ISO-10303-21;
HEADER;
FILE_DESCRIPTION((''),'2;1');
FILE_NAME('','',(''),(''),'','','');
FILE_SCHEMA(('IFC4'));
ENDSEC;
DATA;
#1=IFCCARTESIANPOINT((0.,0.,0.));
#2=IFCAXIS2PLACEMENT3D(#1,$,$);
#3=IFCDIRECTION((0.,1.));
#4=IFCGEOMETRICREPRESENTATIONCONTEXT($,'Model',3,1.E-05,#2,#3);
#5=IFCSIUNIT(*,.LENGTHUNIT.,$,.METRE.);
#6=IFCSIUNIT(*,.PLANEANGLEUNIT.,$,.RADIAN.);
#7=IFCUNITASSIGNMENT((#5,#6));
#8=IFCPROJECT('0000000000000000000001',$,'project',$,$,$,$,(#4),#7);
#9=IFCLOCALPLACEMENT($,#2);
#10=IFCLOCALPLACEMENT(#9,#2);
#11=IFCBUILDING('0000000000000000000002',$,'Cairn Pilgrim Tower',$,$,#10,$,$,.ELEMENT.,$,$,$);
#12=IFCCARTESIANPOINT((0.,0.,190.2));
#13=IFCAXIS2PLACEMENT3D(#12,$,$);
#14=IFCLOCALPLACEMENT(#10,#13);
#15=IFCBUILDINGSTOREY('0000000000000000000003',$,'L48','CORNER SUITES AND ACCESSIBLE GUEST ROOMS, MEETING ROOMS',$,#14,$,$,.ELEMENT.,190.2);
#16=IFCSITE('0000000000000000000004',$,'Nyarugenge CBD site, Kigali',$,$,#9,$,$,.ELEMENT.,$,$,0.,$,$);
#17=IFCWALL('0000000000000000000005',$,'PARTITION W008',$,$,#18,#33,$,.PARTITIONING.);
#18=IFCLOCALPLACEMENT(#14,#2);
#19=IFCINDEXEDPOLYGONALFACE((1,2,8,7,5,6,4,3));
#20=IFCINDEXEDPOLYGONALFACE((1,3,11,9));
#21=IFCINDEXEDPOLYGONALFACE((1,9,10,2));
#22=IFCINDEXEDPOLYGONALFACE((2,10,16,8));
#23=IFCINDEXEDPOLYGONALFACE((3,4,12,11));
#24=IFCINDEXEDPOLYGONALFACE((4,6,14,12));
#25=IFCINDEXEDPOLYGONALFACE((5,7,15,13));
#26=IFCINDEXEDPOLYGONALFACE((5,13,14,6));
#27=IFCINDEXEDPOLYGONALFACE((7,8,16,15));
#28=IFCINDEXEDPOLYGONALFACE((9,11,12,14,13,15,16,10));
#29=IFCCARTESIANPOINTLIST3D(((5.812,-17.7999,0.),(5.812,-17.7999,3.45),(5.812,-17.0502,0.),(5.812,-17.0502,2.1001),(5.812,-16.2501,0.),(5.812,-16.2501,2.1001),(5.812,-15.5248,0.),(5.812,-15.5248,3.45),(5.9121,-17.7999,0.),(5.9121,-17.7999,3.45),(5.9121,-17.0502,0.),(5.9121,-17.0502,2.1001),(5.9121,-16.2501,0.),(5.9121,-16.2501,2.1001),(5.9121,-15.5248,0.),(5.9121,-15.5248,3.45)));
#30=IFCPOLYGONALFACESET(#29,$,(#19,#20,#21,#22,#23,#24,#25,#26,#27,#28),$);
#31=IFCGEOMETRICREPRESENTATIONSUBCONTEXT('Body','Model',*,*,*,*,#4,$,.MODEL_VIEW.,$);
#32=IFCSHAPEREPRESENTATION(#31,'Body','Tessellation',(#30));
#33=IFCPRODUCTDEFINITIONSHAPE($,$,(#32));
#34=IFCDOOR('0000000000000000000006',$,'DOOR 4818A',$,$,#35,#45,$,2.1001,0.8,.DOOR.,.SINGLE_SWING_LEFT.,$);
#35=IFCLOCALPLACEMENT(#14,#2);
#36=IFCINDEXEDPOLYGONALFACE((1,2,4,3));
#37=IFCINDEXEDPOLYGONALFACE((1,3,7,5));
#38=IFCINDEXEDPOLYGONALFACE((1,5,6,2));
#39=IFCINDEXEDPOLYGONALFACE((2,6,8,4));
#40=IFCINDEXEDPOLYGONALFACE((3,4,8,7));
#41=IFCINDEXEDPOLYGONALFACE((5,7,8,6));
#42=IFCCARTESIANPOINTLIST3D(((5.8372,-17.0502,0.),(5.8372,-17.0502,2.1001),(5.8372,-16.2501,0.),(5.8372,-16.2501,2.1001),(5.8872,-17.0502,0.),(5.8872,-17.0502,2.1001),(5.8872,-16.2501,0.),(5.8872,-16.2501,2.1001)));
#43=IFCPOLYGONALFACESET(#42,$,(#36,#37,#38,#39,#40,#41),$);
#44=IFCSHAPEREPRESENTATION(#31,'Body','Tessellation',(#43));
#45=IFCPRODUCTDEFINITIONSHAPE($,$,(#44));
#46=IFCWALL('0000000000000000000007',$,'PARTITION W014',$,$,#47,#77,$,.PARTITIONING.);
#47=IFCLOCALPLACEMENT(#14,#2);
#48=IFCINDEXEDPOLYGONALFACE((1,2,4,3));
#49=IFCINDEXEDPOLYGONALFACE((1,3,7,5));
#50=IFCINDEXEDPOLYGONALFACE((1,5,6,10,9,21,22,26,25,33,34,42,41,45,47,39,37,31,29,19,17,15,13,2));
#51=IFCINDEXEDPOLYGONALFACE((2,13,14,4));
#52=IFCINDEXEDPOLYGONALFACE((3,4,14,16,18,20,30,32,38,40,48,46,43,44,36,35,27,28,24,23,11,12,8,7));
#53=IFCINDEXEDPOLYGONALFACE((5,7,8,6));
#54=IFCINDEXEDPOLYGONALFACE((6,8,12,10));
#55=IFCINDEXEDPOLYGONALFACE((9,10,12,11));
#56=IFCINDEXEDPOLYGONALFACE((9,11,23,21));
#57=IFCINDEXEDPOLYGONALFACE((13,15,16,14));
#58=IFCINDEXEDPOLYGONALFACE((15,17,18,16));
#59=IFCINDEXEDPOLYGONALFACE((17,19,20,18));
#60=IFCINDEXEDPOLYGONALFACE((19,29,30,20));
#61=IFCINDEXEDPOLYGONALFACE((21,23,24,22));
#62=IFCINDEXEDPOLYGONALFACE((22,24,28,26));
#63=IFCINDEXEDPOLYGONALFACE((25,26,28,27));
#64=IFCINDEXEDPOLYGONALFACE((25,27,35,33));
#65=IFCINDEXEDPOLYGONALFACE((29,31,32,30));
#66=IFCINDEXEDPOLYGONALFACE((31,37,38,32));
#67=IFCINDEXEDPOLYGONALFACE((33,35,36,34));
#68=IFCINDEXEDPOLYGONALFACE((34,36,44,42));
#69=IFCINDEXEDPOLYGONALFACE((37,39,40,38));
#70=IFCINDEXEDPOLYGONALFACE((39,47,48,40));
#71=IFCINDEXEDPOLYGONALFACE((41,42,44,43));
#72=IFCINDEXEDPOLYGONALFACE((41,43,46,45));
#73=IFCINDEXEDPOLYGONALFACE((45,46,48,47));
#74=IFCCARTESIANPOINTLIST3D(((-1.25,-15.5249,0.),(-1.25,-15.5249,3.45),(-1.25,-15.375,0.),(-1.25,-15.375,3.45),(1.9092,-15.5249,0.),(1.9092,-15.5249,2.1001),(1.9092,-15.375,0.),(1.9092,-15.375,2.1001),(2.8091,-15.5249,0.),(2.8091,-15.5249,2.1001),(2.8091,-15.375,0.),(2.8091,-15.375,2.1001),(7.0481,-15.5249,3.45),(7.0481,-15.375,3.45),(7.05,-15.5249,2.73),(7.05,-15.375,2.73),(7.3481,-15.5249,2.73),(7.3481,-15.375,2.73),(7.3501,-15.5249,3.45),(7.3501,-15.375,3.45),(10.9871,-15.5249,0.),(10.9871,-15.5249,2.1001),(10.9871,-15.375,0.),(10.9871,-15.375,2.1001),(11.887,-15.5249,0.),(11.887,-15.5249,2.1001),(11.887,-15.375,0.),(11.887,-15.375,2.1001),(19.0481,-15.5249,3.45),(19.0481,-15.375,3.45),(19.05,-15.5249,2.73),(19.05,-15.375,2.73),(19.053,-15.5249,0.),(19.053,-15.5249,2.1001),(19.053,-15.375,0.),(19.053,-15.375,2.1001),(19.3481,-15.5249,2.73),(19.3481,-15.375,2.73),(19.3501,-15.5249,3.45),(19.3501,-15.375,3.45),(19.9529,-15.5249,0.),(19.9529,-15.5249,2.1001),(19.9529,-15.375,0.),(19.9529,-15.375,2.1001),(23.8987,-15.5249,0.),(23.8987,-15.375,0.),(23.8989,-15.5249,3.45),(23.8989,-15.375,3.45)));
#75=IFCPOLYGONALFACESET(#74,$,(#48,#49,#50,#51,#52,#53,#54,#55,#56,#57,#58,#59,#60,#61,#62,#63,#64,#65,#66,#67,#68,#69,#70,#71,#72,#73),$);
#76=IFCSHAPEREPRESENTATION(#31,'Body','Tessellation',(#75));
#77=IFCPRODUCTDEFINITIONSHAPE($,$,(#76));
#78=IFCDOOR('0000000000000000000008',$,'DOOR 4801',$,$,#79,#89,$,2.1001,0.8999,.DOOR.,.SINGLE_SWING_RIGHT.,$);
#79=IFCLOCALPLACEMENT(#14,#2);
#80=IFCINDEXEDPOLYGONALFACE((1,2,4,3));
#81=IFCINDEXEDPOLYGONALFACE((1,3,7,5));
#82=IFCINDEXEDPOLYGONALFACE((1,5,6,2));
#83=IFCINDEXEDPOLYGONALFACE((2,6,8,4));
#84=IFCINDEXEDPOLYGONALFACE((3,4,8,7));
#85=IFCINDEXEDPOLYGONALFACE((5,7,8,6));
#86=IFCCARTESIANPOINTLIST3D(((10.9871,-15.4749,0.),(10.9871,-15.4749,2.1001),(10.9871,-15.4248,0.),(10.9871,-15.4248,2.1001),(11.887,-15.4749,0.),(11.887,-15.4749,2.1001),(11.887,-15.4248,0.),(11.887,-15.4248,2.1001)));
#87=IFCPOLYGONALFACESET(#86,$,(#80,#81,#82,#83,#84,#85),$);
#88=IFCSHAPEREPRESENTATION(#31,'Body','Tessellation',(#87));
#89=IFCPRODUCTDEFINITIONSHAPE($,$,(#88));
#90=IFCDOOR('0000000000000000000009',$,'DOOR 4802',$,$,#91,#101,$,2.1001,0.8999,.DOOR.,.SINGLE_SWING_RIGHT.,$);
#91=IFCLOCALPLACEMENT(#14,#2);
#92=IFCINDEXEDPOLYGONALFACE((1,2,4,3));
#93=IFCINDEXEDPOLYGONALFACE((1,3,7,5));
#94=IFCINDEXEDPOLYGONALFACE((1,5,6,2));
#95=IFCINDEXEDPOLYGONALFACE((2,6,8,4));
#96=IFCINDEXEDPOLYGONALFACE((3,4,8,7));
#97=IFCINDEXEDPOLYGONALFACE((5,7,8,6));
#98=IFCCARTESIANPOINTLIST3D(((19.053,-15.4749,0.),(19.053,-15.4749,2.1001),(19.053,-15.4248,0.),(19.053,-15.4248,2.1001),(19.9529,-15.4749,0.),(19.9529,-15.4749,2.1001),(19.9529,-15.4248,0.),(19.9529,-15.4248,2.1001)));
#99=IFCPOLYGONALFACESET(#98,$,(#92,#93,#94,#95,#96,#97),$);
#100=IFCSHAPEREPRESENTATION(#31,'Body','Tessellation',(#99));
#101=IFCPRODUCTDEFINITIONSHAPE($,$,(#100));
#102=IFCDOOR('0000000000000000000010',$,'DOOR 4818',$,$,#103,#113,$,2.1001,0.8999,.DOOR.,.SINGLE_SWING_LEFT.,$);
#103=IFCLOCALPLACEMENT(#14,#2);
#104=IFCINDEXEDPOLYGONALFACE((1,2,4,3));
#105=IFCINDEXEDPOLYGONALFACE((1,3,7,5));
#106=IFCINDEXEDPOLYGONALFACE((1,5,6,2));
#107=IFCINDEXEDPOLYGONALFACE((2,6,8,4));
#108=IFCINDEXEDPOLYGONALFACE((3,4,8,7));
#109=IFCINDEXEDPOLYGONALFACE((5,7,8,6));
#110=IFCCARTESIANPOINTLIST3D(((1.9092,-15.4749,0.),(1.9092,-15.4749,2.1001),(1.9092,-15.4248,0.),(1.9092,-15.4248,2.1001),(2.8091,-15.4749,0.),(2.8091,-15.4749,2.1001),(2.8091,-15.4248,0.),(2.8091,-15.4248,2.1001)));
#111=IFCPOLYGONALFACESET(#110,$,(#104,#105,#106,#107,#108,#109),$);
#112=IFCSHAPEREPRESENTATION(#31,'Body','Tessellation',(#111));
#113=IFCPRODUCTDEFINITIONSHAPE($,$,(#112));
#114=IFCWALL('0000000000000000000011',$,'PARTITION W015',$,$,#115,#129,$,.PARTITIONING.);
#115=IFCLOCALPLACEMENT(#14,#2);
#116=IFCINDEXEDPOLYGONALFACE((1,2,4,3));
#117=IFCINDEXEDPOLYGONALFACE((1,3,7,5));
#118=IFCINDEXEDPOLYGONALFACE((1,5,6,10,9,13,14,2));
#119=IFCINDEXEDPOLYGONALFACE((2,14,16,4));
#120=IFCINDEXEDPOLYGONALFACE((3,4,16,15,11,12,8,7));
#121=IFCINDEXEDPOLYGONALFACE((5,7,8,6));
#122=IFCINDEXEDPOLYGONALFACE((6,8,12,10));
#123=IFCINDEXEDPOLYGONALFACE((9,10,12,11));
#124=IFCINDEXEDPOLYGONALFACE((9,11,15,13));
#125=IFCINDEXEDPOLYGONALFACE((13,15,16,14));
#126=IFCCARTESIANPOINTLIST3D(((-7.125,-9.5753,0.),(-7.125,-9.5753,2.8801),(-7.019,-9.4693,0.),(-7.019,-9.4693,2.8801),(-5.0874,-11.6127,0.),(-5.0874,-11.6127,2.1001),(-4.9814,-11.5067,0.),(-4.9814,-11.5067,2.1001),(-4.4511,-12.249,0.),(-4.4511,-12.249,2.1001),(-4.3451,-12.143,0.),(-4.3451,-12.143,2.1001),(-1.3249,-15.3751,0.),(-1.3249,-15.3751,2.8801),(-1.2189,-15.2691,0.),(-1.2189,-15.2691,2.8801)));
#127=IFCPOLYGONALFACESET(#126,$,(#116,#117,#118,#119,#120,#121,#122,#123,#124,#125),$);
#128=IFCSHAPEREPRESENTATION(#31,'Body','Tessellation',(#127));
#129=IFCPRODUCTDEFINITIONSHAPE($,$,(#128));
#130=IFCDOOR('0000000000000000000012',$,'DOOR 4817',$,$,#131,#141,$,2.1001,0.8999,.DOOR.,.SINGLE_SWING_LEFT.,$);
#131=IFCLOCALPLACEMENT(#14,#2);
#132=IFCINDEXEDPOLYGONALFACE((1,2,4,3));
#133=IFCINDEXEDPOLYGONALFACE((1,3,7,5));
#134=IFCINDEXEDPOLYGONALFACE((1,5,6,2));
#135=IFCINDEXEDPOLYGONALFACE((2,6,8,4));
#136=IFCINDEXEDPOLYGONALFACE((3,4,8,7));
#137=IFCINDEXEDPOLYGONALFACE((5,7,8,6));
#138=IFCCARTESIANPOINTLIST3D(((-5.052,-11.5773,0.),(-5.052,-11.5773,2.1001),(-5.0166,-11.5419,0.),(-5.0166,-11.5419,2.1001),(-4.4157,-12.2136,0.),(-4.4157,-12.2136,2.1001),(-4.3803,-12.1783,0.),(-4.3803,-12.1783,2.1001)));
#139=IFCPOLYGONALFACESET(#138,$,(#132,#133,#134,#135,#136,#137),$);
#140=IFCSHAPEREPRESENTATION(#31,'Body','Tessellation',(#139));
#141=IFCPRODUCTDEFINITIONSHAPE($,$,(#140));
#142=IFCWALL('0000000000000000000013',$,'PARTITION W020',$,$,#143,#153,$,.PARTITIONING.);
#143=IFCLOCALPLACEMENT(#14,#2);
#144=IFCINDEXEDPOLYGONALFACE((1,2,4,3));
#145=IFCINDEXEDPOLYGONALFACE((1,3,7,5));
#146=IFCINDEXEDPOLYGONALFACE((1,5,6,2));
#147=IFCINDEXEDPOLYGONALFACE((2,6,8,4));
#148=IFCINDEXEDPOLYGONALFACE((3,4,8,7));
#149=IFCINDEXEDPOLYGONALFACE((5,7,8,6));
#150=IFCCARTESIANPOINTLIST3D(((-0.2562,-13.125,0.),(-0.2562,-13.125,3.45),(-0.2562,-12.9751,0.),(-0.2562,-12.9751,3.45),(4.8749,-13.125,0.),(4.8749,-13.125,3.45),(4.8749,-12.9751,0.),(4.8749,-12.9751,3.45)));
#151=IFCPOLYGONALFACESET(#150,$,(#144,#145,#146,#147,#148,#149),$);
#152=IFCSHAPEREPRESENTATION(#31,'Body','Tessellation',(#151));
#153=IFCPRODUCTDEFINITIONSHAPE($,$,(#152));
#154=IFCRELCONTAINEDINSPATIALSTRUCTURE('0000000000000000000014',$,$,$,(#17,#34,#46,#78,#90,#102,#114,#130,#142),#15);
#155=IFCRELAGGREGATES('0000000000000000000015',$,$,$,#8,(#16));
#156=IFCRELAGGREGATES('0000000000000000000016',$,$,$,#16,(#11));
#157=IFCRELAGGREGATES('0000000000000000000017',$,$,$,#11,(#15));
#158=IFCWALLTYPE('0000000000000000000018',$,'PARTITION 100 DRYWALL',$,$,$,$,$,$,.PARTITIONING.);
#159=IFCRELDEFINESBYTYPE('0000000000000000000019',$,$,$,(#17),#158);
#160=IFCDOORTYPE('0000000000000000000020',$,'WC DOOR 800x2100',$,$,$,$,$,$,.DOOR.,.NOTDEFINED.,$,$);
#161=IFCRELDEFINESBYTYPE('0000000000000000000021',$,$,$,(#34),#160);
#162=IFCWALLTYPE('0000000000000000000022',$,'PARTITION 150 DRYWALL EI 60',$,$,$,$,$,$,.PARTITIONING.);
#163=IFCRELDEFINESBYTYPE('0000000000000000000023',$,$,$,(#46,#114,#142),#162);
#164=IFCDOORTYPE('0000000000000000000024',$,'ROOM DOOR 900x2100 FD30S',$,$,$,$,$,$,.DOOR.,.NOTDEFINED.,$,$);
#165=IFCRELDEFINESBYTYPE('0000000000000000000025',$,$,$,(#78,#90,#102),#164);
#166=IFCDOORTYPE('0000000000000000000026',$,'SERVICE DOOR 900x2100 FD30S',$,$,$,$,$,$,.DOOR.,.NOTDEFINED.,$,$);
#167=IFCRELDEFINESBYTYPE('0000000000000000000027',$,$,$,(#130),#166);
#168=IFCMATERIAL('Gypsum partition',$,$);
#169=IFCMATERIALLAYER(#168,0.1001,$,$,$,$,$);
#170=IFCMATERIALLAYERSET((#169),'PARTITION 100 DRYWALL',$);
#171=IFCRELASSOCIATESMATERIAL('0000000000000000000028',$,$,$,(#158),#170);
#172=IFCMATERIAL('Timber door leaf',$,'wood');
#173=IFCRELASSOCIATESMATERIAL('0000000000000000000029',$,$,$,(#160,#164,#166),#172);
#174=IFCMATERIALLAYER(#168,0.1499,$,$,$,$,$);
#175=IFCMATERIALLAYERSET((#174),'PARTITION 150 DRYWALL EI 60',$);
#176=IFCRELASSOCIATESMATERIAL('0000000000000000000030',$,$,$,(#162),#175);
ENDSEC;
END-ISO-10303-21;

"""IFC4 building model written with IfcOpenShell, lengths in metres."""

from ifc_helpers import new_model, si_unit, direction, frame, frame_2d, origin, place, context, subcontext, project, spatial, polyline, rectangle, outline, extrude, material, layer, layer_set, type_object, element, fill, save


model = new_model("IFC4")

# Units and contexts
model_context = context("Model", 3, precision=1e-05, world=origin(), true_north=direction((0.0, 1.0)))
body_context = subcontext(model_context, "Body", "Model", "MODEL_VIEW")
ifc_project = project(units=[si_unit("LENGTHUNIT", "METRE"), si_unit("PLANEANGLEUNIT", "RADIAN")], contexts=[model_context])

# Site, building, storey
site_placement = place(None, origin())
site = spatial("IfcSite", under=ifc_project, at=site_placement, Name="Nyarugenge CBD site, Kigali", CompositionType="ELEMENT", RefElevation=0.0)
building_placement = place(site_placement, origin())
building = spatial("IfcBuilding", under=site, at=building_placement, Name="Cairn Pilgrim Tower", CompositionType="ELEMENT")
storey_placement = place(building_placement, frame((0.0, 0.0, 190.2)))
storey = spatial("IfcBuildingStorey", under=building, at=storey_placement, Name="L48", Description="CORNER SUITES AND ACCESSIBLE GUEST ROOMS, MEETING ROOMS", CompositionType="ELEMENT", Elevation=190.2)

# Shared definitions
ifc_material_1 = material(Name="Gypsum partition")
ifc_layer_1 = layer(ifc_material_1, 0.1001)
ifc_layer_set_1 = layer_set([ifc_layer_1], Name="PARTITION 100 DRYWALL")
wall_type_1 = type_object("IfcWallType", Name="PARTITION 100 DRYWALL", PredefinedType="PARTITIONING", material=ifc_layer_set_1)

# Wall, opening, door
wall_1_placement = place(storey_placement, frame((5.8621, -17.8, 0.0), z_axis=(0.0, 0.0, 1.0), x_axis=(0.0, 1.0, 0.0)))
wall_1 = element("IfcWall", 1, at=wall_1_placement, inside=storey, type_object=wall_type_1, Name="PARTITION W008", PredefinedType="PARTITIONING", context=body_context, shape_type="SweptSolid", body=[
    extrude(rectangle(XDim=2.2751, YDim=0.1001, at=frame_2d((1.1377, 0.0))), origin(), (0.0, 0.0, 1.0), 3.45),
])
opening_1_placement = place(wall_1_placement, frame((0.75, 0.0, 0.0)))
opening_1 = element("IfcOpeningElement", 2, at=opening_1_placement, cuts=wall_1, PredefinedType="OPENING", context=body_context, shape_type="SweptSolid", body=[
    extrude(rectangle(XDim=0.8, YDim=2.1001, at=frame_2d((0.3999, 1.05))), frame((0.0, 0.0601, 0.0), z_axis=(0.0, -1.0, 0.0), x_axis=(1.0, 0.0, 0.0)), (0.0, 0.0, 1.0), 0.1201),
])
ifc_material_2 = material(Name="Timber door leaf", Category="wood")
door_type_1 = type_object("IfcDoorType", Name="WC DOOR 800x2100", OperationType="NOTDEFINED", PredefinedType="DOOR", material=ifc_material_2)
door_1_placement = place(opening_1_placement, origin())
door_1 = element("IfcDoor", 3, at=door_1_placement, inside=storey, type_object=door_type_1, Name="DOOR 4818A", OperationType="SINGLE_SWING_LEFT", OverallHeight=2.1001, OverallWidth=0.8, PredefinedType="DOOR", context=body_context, shape_type="SweptSolid", body=[
    extrude(rectangle(XDim=0.8, YDim=2.1001, at=frame_2d((0.3999, 1.05))), frame((0.0, 0.0249, 0.0), z_axis=(0.0, -1.0, 0.0), x_axis=(1.0, 0.0, 0.0)), (0.0, 0.0, 1.0), 0.05),
])
fill(opening_1, door_1)

# Wall, openings, doors
ifc_layer_2 = layer(ifc_material_1, 0.1499)
ifc_layer_set_2 = layer_set([ifc_layer_2], Name="PARTITION 150 DRYWALL EI 60")
wall_type_2 = type_object("IfcWallType", Name="PARTITION 150 DRYWALL EI 60", PredefinedType="PARTITIONING", material=ifc_layer_set_2)
wall_2_placement = place(storey_placement, frame((-1.25, -15.45, 0.0), z_axis=(0.0, 0.0, 1.0), x_axis=(1.0, 0.0, 0.0)))
wall_2 = element("IfcWall", 4, at=wall_2_placement, inside=storey, type_object=wall_type_2, Name="PARTITION W014", PredefinedType="PARTITIONING", context=body_context, shape_type="SweptSolid", body=[
    extrude(outline(polyline([(0.0, 0.0), (25.1487, 0.0), (25.1489, 3.45), (20.6001, 3.45), (20.5981, 2.73), (20.3, 2.73), (20.2981, 3.45), (8.6001, 3.45), (8.5981, 2.73), (8.3, 2.73), (8.2981, 3.45), (0.0, 3.45), (0.0, 0.0)])), frame((0.0, 0.075, 0.0), z_axis=(0.0, -1.0, 0.0), x_axis=(1.0, 0.0, 0.0)), (0.0, 0.0, 1.0), 0.1499),
])
opening_2_placement = place(wall_2_placement, frame((12.2371, 0.0, 0.0)))
opening_2 = element("IfcOpeningElement", 5, at=opening_2_placement, cuts=wall_2, PredefinedType="OPENING", context=body_context, shape_type="SweptSolid", body=[
    extrude(rectangle(XDim=0.8999, YDim=2.1001, at=frame_2d((0.45, 1.05))), frame((0.0, 0.085, 0.0), z_axis=(0.0, -1.0, 0.0), x_axis=(1.0, 0.0, 0.0)), (0.0, 0.0, 1.0), 0.1699),
])
opening_3_placement = place(wall_2_placement, frame((20.303, 0.0, 0.0)))
opening_3 = element("IfcOpeningElement", 6, at=opening_3_placement, cuts=wall_2, PredefinedType="OPENING", context=body_context, shape_type="SweptSolid", body=[
    extrude(rectangle(XDim=0.8999, YDim=2.1001, at=frame_2d((0.45, 1.05))), frame((0.0, 0.085, 0.0), z_axis=(0.0, -1.0, 0.0), x_axis=(1.0, 0.0, 0.0)), (0.0, 0.0, 1.0), 0.1699),
])
opening_4_placement = place(wall_2_placement, frame((3.1592, 0.0, 0.0)))
opening_4 = element("IfcOpeningElement", 7, at=opening_4_placement, cuts=wall_2, PredefinedType="OPENING", context=body_context, shape_type="SweptSolid", body=[
    extrude(rectangle(XDim=0.8999, YDim=2.1001, at=frame_2d((0.45, 1.05))), frame((0.0, 0.085, 0.0), z_axis=(0.0, -1.0, 0.0), x_axis=(1.0, 0.0, 0.0)), (0.0, 0.0, 1.0), 0.1699),
])
door_type_2 = type_object("IfcDoorType", Name="ROOM DOOR 900x2100 FD30S", OperationType="NOTDEFINED", PredefinedType="DOOR", material=ifc_material_2)
door_2_placement = place(opening_2_placement, frame((0.8999, 0.0, 0.0), z_axis=(0.0, 0.0, 1.0), x_axis=(-1.0, 0.0, 0.0)))
door_2 = element("IfcDoor", 8, at=door_2_placement, inside=storey, type_object=door_type_2, Name="DOOR 4801", OperationType="SINGLE_SWING_RIGHT", OverallHeight=2.1001, OverallWidth=0.8999, PredefinedType="DOOR", context=body_context, shape_type="SweptSolid", body=[
    extrude(rectangle(XDim=0.8999, YDim=2.1001, at=frame_2d((0.45, 1.05))), frame((0.0, 0.0249, 0.0), z_axis=(0.0, -1.0, 0.0), x_axis=(1.0, 0.0, 0.0)), (0.0, 0.0, 1.0), 0.05),
])
fill(opening_2, door_2)
door_3_placement = place(opening_3_placement, frame((0.8999, 0.0, 0.0), z_axis=(0.0, 0.0, 1.0), x_axis=(-1.0, 0.0, 0.0)))
door_3 = element("IfcDoor", 9, at=door_3_placement, inside=storey, type_object=door_type_2, Name="DOOR 4802", OperationType="SINGLE_SWING_RIGHT", OverallHeight=2.1001, OverallWidth=0.8999, PredefinedType="DOOR", context=body_context, shape_type="SweptSolid", body=[
    extrude(rectangle(XDim=0.8999, YDim=2.1001, at=frame_2d((0.45, 1.05))), frame((0.0, 0.0249, 0.0), z_axis=(0.0, -1.0, 0.0), x_axis=(1.0, 0.0, 0.0)), (0.0, 0.0, 1.0), 0.05),
])
fill(opening_3, door_3)
door_4_placement = place(opening_4_placement, frame((0.8999, 0.0, 0.0), z_axis=(0.0, 0.0, 1.0), x_axis=(-1.0, 0.0, 0.0)))
door_4 = element("IfcDoor", 10, at=door_4_placement, inside=storey, type_object=door_type_2, Name="DOOR 4818", OperationType="SINGLE_SWING_LEFT", OverallHeight=2.1001, OverallWidth=0.8999, PredefinedType="DOOR", context=body_context, shape_type="SweptSolid", body=[
    extrude(rectangle(XDim=0.8999, YDim=2.1001, at=frame_2d((0.45, 1.05))), frame((0.0, 0.0249, 0.0), z_axis=(0.0, -1.0, 0.0), x_axis=(1.0, 0.0, 0.0)), (0.0, 0.0, 1.0), 0.05),
])
fill(opening_4, door_4)

# Wall, opening, door
wall_3_placement = place(storey_placement, frame((-1.272, -15.322, 0.0), z_axis=(0.0, 0.0, 1.0), x_axis=(-0.707122, 0.707092, 0.0)))
wall_3 = element("IfcWall", 11, at=wall_3_placement, inside=storey, type_object=wall_type_2, Name="PARTITION W015", PredefinedType="PARTITIONING", context=body_context, shape_type="SweptSolid", body=[
    extrude(rectangle(XDim=8.2024, YDim=0.1499, at=frame_2d((4.1011, 0.0))), origin(), (0.0, 0.0, 1.0), 2.8801),
])
opening_5_placement = place(wall_3_placement, frame((4.4209, 0.0, 0.0)))
opening_5 = element("IfcOpeningElement", 12, at=opening_5_placement, cuts=wall_3, PredefinedType="OPENING", context=body_context, shape_type="SweptSolid", body=[
    extrude(rectangle(XDim=0.8999, YDim=2.1001, at=frame_2d((0.45, 1.05))), frame((0.0, 0.085, 0.0), z_axis=(0.0, -1.0, 0.0), x_axis=(1.0, 0.0, 0.0)), (0.0, 0.0, 1.0), 0.1699),
])
door_type_3 = type_object("IfcDoorType", Name="SERVICE DOOR 900x2100 FD30S", OperationType="NOTDEFINED", PredefinedType="DOOR", material=ifc_material_2)
door_5_placement = place(opening_5_placement, origin())
door_5 = element("IfcDoor", 13, at=door_5_placement, inside=storey, type_object=door_type_3, Name="DOOR 4817", OperationType="SINGLE_SWING_LEFT", OverallHeight=2.1001, OverallWidth=0.8999, PredefinedType="DOOR", context=body_context, shape_type="SweptSolid", body=[
    extrude(rectangle(XDim=0.8999, YDim=2.1001, at=frame_2d((0.45, 1.05))), frame((0.0, 0.0249, 0.0), z_axis=(0.0, -1.0, 0.0), x_axis=(1.0, 0.0, 0.0)), (0.0, 0.0, 1.0), 0.05),
])
fill(opening_5, door_5)

# Wall
wall_4_placement = place(storey_placement, frame((-0.2561, -13.05, 0.0), z_axis=(0.0, 0.0, 1.0), x_axis=(1.0, 0.0, 0.0)))
element("IfcWall", 14, at=wall_4_placement, inside=storey, type_object=wall_type_2, Name="PARTITION W020", PredefinedType="PARTITIONING", context=body_context, shape_type="SweptSolid", body=[
    extrude(rectangle(XDim=5.1311, YDim=0.1499, at=frame_2d((2.5654, 0.0))), origin(), (0.0, 0.0, 1.0), 3.45),
])

save(model, "model.ifc")
